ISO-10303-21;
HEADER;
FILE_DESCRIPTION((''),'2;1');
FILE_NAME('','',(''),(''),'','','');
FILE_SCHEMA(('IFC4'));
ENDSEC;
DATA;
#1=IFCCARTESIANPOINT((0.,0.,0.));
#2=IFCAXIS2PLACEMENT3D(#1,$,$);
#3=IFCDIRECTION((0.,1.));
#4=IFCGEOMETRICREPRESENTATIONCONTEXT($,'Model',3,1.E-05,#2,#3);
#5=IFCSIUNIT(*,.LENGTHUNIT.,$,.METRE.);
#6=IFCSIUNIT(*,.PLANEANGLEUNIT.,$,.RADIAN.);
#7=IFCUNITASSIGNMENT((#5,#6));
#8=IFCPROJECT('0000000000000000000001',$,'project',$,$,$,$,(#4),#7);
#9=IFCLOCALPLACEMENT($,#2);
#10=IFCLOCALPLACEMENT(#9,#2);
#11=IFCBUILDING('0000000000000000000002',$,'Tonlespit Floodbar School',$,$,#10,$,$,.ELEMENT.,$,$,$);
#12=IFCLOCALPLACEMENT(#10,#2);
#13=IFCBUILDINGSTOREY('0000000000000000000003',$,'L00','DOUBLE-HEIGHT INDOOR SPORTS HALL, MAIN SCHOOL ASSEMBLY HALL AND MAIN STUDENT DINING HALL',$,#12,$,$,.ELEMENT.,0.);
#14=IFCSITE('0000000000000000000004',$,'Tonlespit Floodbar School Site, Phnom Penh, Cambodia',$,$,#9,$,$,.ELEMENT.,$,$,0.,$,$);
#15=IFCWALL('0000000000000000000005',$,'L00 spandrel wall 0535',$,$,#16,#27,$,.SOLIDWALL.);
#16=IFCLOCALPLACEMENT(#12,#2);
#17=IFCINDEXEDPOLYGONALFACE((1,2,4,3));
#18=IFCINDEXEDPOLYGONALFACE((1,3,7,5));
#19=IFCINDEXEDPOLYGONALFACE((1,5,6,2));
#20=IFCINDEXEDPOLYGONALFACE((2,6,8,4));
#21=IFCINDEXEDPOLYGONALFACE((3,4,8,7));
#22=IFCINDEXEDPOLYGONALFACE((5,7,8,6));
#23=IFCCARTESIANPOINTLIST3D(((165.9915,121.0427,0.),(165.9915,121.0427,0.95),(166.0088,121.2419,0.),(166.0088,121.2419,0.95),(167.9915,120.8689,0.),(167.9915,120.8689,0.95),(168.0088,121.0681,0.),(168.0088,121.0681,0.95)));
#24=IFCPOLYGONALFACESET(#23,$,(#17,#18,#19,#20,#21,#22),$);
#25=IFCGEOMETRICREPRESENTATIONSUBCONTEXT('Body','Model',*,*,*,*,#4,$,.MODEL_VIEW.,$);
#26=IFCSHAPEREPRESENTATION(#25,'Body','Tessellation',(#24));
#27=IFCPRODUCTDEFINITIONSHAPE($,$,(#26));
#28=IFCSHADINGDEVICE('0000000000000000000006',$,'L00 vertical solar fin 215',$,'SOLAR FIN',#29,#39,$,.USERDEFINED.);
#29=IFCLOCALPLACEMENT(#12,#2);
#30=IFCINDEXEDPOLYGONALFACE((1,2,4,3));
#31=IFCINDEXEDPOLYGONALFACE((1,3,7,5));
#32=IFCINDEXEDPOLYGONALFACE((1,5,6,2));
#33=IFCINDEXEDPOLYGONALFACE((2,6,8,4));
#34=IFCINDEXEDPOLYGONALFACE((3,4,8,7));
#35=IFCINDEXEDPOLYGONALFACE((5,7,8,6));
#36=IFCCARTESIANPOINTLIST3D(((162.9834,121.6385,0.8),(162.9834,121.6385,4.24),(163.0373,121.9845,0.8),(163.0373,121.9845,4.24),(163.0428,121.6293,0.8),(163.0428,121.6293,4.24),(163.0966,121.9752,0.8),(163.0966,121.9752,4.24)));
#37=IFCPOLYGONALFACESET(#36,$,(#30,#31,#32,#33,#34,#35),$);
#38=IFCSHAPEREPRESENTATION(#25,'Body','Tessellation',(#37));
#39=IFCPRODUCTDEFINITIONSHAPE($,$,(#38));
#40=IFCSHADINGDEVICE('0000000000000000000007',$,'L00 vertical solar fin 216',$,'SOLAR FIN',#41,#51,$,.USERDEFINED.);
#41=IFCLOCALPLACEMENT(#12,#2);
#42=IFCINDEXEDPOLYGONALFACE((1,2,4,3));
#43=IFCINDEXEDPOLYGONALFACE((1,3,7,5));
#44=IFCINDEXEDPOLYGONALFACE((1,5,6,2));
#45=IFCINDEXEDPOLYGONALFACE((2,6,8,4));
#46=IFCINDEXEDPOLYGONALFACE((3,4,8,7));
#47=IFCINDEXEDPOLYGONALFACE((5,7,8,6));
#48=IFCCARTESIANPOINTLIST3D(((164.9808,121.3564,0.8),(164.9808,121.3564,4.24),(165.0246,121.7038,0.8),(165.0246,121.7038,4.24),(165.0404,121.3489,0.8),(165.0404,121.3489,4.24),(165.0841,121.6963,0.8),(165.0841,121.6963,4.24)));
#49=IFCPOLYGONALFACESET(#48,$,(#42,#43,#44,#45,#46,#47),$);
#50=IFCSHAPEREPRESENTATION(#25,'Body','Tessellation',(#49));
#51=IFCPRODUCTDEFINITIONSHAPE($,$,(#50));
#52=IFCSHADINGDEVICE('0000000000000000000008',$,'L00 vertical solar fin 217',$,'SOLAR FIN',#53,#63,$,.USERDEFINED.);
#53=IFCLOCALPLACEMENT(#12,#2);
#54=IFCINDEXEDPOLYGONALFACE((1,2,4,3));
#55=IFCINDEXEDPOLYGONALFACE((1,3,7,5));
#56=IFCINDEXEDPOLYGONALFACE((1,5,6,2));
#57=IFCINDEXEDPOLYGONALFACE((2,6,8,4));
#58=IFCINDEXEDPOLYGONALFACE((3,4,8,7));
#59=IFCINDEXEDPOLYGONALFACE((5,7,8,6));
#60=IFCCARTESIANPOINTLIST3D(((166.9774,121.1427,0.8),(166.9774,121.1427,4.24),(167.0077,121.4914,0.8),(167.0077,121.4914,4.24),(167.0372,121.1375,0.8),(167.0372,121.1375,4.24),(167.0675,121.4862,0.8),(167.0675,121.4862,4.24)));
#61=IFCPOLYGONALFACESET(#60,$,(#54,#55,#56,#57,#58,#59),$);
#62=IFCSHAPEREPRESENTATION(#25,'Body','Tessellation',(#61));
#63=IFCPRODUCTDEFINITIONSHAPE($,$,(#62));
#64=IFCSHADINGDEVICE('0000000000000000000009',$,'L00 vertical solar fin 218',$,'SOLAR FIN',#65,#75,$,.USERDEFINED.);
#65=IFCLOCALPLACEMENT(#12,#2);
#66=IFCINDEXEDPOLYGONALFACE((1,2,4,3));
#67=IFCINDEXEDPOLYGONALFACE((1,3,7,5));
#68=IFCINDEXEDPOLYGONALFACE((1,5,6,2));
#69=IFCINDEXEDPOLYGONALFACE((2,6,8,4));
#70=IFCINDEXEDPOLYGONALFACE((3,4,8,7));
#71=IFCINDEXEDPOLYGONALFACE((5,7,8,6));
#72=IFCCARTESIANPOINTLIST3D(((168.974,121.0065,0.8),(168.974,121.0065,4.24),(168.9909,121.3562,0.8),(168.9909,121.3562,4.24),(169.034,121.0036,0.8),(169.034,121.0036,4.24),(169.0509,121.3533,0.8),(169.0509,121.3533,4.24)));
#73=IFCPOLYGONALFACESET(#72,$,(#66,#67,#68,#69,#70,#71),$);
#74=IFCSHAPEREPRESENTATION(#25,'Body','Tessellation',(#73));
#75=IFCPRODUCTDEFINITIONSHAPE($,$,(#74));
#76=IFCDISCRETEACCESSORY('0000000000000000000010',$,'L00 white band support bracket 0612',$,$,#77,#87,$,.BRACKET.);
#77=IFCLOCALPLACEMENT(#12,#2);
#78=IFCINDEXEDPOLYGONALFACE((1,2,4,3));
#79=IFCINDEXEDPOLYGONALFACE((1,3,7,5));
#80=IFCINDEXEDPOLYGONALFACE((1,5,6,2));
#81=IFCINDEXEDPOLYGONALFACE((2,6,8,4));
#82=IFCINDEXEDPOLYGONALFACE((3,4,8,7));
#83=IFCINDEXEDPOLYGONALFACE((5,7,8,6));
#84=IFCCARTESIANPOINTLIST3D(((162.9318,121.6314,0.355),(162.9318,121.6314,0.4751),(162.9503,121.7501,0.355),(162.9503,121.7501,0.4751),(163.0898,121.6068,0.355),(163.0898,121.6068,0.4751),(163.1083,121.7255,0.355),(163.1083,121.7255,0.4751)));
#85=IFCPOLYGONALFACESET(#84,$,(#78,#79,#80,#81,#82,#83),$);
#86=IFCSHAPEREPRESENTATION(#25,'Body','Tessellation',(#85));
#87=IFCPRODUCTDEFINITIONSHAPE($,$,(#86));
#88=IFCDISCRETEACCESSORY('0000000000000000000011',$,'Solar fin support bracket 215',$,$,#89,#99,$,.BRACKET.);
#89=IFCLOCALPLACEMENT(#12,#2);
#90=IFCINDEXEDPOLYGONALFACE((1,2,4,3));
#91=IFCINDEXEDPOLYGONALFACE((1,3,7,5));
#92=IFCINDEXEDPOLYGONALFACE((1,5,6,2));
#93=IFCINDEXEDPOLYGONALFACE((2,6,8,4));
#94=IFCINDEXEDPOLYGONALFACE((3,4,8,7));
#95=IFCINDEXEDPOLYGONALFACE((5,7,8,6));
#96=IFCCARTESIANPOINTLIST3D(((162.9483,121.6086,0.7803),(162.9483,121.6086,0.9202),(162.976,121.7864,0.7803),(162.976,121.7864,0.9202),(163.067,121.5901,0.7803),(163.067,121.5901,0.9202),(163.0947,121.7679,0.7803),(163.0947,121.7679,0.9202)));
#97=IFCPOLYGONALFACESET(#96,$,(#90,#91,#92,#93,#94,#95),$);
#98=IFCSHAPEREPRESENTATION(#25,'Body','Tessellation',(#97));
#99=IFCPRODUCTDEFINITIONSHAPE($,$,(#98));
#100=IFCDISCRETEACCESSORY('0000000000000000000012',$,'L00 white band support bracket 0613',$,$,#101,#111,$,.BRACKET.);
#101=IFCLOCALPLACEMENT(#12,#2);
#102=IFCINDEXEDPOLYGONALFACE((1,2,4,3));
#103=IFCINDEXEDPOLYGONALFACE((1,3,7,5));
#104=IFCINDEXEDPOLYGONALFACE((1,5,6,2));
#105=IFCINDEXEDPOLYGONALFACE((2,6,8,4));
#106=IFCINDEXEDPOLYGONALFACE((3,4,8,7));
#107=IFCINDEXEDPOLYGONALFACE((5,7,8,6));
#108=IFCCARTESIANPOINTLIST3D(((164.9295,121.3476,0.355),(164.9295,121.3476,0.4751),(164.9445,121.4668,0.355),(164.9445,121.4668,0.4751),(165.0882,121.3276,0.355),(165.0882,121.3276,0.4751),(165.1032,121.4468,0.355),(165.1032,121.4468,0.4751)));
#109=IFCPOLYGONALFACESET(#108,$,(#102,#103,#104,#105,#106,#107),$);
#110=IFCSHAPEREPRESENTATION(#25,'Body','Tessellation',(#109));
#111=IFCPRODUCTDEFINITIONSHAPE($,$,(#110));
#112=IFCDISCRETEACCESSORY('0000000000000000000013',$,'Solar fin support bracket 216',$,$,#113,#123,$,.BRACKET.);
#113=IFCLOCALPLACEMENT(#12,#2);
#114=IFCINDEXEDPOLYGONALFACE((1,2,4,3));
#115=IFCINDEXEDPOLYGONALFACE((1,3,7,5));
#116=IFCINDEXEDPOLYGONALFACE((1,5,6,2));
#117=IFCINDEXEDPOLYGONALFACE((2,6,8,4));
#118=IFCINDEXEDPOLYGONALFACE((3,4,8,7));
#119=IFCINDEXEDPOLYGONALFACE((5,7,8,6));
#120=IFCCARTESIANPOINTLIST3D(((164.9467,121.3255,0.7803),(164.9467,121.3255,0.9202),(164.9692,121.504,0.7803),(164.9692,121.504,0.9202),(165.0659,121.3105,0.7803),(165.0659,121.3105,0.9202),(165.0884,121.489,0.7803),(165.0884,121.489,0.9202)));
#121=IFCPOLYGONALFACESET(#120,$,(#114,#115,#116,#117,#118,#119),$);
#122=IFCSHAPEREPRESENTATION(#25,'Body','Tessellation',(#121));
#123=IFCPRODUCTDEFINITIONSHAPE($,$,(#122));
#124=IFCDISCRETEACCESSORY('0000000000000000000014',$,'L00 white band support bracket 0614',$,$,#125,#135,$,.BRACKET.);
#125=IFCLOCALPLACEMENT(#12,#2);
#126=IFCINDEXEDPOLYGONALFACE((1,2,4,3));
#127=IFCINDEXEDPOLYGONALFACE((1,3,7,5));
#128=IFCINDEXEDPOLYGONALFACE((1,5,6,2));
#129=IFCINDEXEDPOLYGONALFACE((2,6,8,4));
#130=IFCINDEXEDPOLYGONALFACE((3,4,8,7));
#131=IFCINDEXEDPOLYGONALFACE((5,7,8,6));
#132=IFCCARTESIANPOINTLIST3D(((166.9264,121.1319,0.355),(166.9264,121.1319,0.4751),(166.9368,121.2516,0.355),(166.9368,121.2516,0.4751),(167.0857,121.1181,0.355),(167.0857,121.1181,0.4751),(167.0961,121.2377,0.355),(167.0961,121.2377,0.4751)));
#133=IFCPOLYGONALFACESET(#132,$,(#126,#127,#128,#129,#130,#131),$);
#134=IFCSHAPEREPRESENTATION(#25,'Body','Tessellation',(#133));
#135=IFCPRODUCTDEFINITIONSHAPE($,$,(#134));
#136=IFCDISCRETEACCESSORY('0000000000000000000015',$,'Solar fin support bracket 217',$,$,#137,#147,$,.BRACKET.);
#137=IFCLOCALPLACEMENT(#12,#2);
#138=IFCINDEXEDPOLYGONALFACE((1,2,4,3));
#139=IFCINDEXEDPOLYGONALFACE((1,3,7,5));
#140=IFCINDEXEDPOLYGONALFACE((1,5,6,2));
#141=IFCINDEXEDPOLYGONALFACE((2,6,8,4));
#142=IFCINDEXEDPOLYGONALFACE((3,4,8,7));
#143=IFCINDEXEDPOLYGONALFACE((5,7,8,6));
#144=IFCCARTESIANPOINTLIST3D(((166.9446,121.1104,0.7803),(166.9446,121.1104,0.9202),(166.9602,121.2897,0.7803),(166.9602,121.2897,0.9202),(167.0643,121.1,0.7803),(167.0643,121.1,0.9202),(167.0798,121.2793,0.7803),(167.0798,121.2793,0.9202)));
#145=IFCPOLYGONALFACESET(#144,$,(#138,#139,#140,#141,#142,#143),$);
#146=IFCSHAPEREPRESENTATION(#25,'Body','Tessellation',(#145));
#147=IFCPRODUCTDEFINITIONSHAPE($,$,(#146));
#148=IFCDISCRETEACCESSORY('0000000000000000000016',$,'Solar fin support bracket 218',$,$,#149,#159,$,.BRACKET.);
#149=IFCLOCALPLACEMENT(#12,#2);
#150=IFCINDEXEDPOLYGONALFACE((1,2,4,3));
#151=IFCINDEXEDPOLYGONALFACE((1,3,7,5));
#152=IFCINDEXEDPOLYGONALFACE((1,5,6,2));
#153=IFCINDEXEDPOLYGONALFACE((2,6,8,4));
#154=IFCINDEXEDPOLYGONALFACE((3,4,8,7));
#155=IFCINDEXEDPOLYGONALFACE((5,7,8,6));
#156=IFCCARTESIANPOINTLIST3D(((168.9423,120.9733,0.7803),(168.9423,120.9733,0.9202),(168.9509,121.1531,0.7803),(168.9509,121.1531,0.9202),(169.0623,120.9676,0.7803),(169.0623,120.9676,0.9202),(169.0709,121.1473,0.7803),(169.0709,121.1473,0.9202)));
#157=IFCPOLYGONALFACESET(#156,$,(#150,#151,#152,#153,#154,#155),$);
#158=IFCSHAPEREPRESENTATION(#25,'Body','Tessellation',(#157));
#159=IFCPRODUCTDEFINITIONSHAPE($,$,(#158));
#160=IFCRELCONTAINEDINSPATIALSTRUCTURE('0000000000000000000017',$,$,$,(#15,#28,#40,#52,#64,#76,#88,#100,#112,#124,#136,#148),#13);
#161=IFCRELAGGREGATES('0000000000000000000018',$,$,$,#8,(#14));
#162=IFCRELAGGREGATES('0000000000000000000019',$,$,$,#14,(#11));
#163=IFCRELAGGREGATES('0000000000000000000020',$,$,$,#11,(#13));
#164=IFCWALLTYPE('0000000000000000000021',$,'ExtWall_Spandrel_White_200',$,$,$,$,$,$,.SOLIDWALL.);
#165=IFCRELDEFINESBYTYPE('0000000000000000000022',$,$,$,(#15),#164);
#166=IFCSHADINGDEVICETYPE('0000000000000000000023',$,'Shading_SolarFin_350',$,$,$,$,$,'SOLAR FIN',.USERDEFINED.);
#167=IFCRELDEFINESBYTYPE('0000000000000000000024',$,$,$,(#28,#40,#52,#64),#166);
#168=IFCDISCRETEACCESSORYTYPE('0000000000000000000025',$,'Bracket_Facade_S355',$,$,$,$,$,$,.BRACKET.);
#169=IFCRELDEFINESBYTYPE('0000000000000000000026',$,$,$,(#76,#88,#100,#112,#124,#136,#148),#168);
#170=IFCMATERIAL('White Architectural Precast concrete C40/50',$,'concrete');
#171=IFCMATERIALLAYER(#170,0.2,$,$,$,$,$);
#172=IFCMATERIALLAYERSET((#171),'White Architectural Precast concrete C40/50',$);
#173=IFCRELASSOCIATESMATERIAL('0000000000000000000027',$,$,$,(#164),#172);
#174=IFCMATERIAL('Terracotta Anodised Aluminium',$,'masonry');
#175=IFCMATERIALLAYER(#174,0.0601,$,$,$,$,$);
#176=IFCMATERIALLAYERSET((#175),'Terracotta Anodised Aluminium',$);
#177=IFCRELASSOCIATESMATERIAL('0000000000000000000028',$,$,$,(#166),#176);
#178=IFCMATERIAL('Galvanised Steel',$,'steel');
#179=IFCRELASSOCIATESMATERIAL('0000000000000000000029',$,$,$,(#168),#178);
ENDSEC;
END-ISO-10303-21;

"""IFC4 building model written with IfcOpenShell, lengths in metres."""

from ifc_helpers import new_model, si_unit, direction, frame, frame_2d, origin, origin_2d, place, context, subcontext, project, spatial, rectangle, extrude, material, layer, layer_set, type_object, element, save


model = new_model("IFC4")

# Units and contexts
model_context = context("Model", 3, precision=1e-05, world=origin(), true_north=direction((0.0, 1.0)))
body_context = subcontext(model_context, "Body", "Model", "MODEL_VIEW")
ifc_project = project(units=[si_unit("LENGTHUNIT", "METRE"), si_unit("PLANEANGLEUNIT", "RADIAN")], contexts=[model_context])

# Site, building, storey
site_placement = place(None, origin())
site = spatial("IfcSite", under=ifc_project, at=site_placement, Name="Tonlespit Floodbar School Site, Phnom Penh, Cambodia", CompositionType="ELEMENT", RefElevation=0.0)
building_placement = place(site_placement, origin())
building = spatial("IfcBuilding", under=site, at=building_placement, Name="Tonlespit Floodbar School", CompositionType="ELEMENT")
storey_placement = place(building_placement, origin())
storey = spatial("IfcBuildingStorey", under=building, at=storey_placement, Name="L00", Description="DOUBLE-HEIGHT INDOOR SPORTS HALL, MAIN SCHOOL ASSEMBLY HALL AND MAIN STUDENT DINING HALL", CompositionType="ELEMENT", Elevation=0.0)

# Wall
ifc_material_1 = material(Name="White Architectural Precast concrete C40/50", Category="concrete")
ifc_layer_1 = layer(ifc_material_1, 0.2)
ifc_layer_set_1 = layer_set([ifc_layer_1], Name="White Architectural Precast concrete C40/50")
wall_type = type_object("IfcWallType", Name="ExtWall_Spandrel_White_200", PredefinedType="SOLIDWALL", material=ifc_layer_set_1)
wall_1_placement = place(storey_placement, frame((166.0, 121.1423, 0.0), z_axis=(0.0, 0.0, 1.0), x_axis=(0.996244, -0.086588, 0.0)))
element("IfcWall", 1, at=wall_1_placement, inside=storey, type_object=wall_type, Name="L00 spandrel wall 0535", PredefinedType="SOLIDWALL", context=body_context, shape_type="SweptSolid", body=[
    extrude(rectangle(XDim=2.0076, YDim=0.2, at=frame_2d((1.0039, 0.0))), origin(), (0.0, 0.0, 1.0), 0.95),
])

# Shading devices
ifc_material_2 = material(Name="Terracotta Anodised Aluminium", Category="masonry")
ifc_layer_2 = layer(ifc_material_2, 0.0601)
ifc_layer_set_2 = layer_set([ifc_layer_2], Name="Terracotta Anodised Aluminium")
shading_device_type = type_object("IfcShadingDeviceType", Name="Shading_SolarFin_350", ElementType="SOLAR FIN", PredefinedType="USERDEFINED", material=ifc_layer_set_2)
for number, where, z_axis, x_axis, name in (
    (2, (163.04, 121.8069, 0.8), (0.0, 0.0, 1.0), (0.988095, -0.153846, 0.0), "L00 vertical solar fin 215"),
    (3, (165.0325, 121.5264, 0.8), (0.0, 0.0, 1.0), (0.992155, -0.125011, 0.0), "L00 vertical solar fin 216"),
    (4, (167.0225, 121.3145, 0.8), (0.0, 0.0, 1.0), (0.996245, -0.086573, 0.0), "L00 vertical solar fin 217"),
    (5, (169.0125, 121.1799, 0.8), (0.0, 0.0, 1.0), (0.998843, -0.048095, 0.0), "L00 vertical solar fin 218"),
):
    element("IfcShadingDevice", number, at=place(storey_placement, frame(where, z_axis=z_axis, x_axis=x_axis)), inside=storey, type_object=shading_device_type, Name=name, ObjectType="SOLAR FIN", PredefinedType="USERDEFINED", context=body_context, shape_type="SweptSolid", body=[
        extrude(rectangle(XDim=0.0601, YDim=0.3501, at=origin_2d()), origin(), (0.0, 0.0, 1.0), 3.4399),
    ])

# Discrete accessories
ifc_material_3 = material(Name="Galvanised Steel", Category="steel")
discrete_accessory_type = type_object("IfcDiscreteAccessoryType", Name="Bracket_Facade_S355", PredefinedType="BRACKET", material=ifc_material_3)
discrete_accessory_1_placement = place(storey_placement, frame((163.02, 121.6785, 0.355), z_axis=(0.0, 0.0, 1.0), x_axis=(0.988095, -0.153846, 0.0)))
element("IfcDiscreteAccessory", 6, at=discrete_accessory_1_placement, inside=storey, type_object=discrete_accessory_type, Name="L00 white band support bracket 0612", PredefinedType="BRACKET", context=body_context, shape_type="SweptSolid", body=[
    extrude(rectangle(XDim=0.1599, YDim=0.1201, at=origin_2d()), origin(), (0.0, 0.0, 1.0), 0.1201),
])
discrete_accessory_2_placement = place(storey_placement, frame((163.0215, 121.6882, 0.7803), z_axis=(0.0, 0.0, 1.0), x_axis=(0.988095, -0.153846, 0.0)))
element("IfcDiscreteAccessory", 7, at=discrete_accessory_2_placement, inside=storey, type_object=discrete_accessory_type, Name="Solar fin support bracket 215", PredefinedType="BRACKET", context=body_context, shape_type="SweptSolid", body=[
    extrude(rectangle(XDim=0.1201, YDim=0.1799, at=origin_2d()), origin(), (0.0, 0.0, 1.0), 0.1399),
])
discrete_accessory_3_placement = place(storey_placement, frame((165.0164, 121.3972, 0.355), z_axis=(0.0, 0.0, 1.0), x_axis=(0.992155, -0.125011, 0.0)))
element("IfcDiscreteAccessory", 8, at=discrete_accessory_3_placement, inside=storey, type_object=discrete_accessory_type, Name="L00 white band support bracket 0613", PredefinedType="BRACKET", context=body_context, shape_type="SweptSolid", body=[
    extrude(rectangle(XDim=0.1599, YDim=0.1201, at=origin_2d()), origin(), (0.0, 0.0, 1.0), 0.1201),
])
discrete_accessory_4_placement = place(storey_placement, frame((165.0176, 121.4072, 0.7803), z_axis=(0.0, 0.0, 1.0), x_axis=(0.992155, -0.125011, 0.0)))
element("IfcDiscreteAccessory", 9, at=discrete_accessory_4_placement, inside=storey, type_object=discrete_accessory_type, Name="Solar fin support bracket 216", PredefinedType="BRACKET", context=body_context, shape_type="SweptSolid", body=[
    extrude(rectangle(XDim=0.1201, YDim=0.1799, at=origin_2d()), origin(), (0.0, 0.0, 1.0), 0.1399),
])
discrete_accessory_5_placement = place(storey_placement, frame((167.0112, 121.1848, 0.355), z_axis=(0.0, 0.0, 1.0), x_axis=(0.996245, -0.086573, 0.0)))
element("IfcDiscreteAccessory", 10, at=discrete_accessory_5_placement, inside=storey, type_object=discrete_accessory_type, Name="L00 white band support bracket 0614", PredefinedType="BRACKET", context=body_context, shape_type="SweptSolid", body=[
    extrude(rectangle(XDim=0.1599, YDim=0.1201, at=origin_2d()), origin(), (0.0, 0.0, 1.0), 0.1201),
])
for number, where, z_axis, x_axis, name in (
    (11, (167.0122, 121.1948, 0.7803), (0.0, 0.0, 1.0), (0.996245, -0.086573, 0.0), "Solar fin support bracket 217"),
    (12, (169.0066, 121.0603, 0.7803), (0.0, 0.0, 1.0), (0.998843, -0.048095, 0.0), "Solar fin support bracket 218"),
):
    element("IfcDiscreteAccessory", number, at=place(storey_placement, frame(where, z_axis=z_axis, x_axis=x_axis)), inside=storey, type_object=discrete_accessory_type, Name=name, PredefinedType="BRACKET", context=body_context, shape_type="SweptSolid", body=[
        extrude(rectangle(XDim=0.1201, YDim=0.1799, at=origin_2d()), origin(), (0.0, 0.0, 1.0), 0.1399),
    ])

save(model, "model.ifc")
